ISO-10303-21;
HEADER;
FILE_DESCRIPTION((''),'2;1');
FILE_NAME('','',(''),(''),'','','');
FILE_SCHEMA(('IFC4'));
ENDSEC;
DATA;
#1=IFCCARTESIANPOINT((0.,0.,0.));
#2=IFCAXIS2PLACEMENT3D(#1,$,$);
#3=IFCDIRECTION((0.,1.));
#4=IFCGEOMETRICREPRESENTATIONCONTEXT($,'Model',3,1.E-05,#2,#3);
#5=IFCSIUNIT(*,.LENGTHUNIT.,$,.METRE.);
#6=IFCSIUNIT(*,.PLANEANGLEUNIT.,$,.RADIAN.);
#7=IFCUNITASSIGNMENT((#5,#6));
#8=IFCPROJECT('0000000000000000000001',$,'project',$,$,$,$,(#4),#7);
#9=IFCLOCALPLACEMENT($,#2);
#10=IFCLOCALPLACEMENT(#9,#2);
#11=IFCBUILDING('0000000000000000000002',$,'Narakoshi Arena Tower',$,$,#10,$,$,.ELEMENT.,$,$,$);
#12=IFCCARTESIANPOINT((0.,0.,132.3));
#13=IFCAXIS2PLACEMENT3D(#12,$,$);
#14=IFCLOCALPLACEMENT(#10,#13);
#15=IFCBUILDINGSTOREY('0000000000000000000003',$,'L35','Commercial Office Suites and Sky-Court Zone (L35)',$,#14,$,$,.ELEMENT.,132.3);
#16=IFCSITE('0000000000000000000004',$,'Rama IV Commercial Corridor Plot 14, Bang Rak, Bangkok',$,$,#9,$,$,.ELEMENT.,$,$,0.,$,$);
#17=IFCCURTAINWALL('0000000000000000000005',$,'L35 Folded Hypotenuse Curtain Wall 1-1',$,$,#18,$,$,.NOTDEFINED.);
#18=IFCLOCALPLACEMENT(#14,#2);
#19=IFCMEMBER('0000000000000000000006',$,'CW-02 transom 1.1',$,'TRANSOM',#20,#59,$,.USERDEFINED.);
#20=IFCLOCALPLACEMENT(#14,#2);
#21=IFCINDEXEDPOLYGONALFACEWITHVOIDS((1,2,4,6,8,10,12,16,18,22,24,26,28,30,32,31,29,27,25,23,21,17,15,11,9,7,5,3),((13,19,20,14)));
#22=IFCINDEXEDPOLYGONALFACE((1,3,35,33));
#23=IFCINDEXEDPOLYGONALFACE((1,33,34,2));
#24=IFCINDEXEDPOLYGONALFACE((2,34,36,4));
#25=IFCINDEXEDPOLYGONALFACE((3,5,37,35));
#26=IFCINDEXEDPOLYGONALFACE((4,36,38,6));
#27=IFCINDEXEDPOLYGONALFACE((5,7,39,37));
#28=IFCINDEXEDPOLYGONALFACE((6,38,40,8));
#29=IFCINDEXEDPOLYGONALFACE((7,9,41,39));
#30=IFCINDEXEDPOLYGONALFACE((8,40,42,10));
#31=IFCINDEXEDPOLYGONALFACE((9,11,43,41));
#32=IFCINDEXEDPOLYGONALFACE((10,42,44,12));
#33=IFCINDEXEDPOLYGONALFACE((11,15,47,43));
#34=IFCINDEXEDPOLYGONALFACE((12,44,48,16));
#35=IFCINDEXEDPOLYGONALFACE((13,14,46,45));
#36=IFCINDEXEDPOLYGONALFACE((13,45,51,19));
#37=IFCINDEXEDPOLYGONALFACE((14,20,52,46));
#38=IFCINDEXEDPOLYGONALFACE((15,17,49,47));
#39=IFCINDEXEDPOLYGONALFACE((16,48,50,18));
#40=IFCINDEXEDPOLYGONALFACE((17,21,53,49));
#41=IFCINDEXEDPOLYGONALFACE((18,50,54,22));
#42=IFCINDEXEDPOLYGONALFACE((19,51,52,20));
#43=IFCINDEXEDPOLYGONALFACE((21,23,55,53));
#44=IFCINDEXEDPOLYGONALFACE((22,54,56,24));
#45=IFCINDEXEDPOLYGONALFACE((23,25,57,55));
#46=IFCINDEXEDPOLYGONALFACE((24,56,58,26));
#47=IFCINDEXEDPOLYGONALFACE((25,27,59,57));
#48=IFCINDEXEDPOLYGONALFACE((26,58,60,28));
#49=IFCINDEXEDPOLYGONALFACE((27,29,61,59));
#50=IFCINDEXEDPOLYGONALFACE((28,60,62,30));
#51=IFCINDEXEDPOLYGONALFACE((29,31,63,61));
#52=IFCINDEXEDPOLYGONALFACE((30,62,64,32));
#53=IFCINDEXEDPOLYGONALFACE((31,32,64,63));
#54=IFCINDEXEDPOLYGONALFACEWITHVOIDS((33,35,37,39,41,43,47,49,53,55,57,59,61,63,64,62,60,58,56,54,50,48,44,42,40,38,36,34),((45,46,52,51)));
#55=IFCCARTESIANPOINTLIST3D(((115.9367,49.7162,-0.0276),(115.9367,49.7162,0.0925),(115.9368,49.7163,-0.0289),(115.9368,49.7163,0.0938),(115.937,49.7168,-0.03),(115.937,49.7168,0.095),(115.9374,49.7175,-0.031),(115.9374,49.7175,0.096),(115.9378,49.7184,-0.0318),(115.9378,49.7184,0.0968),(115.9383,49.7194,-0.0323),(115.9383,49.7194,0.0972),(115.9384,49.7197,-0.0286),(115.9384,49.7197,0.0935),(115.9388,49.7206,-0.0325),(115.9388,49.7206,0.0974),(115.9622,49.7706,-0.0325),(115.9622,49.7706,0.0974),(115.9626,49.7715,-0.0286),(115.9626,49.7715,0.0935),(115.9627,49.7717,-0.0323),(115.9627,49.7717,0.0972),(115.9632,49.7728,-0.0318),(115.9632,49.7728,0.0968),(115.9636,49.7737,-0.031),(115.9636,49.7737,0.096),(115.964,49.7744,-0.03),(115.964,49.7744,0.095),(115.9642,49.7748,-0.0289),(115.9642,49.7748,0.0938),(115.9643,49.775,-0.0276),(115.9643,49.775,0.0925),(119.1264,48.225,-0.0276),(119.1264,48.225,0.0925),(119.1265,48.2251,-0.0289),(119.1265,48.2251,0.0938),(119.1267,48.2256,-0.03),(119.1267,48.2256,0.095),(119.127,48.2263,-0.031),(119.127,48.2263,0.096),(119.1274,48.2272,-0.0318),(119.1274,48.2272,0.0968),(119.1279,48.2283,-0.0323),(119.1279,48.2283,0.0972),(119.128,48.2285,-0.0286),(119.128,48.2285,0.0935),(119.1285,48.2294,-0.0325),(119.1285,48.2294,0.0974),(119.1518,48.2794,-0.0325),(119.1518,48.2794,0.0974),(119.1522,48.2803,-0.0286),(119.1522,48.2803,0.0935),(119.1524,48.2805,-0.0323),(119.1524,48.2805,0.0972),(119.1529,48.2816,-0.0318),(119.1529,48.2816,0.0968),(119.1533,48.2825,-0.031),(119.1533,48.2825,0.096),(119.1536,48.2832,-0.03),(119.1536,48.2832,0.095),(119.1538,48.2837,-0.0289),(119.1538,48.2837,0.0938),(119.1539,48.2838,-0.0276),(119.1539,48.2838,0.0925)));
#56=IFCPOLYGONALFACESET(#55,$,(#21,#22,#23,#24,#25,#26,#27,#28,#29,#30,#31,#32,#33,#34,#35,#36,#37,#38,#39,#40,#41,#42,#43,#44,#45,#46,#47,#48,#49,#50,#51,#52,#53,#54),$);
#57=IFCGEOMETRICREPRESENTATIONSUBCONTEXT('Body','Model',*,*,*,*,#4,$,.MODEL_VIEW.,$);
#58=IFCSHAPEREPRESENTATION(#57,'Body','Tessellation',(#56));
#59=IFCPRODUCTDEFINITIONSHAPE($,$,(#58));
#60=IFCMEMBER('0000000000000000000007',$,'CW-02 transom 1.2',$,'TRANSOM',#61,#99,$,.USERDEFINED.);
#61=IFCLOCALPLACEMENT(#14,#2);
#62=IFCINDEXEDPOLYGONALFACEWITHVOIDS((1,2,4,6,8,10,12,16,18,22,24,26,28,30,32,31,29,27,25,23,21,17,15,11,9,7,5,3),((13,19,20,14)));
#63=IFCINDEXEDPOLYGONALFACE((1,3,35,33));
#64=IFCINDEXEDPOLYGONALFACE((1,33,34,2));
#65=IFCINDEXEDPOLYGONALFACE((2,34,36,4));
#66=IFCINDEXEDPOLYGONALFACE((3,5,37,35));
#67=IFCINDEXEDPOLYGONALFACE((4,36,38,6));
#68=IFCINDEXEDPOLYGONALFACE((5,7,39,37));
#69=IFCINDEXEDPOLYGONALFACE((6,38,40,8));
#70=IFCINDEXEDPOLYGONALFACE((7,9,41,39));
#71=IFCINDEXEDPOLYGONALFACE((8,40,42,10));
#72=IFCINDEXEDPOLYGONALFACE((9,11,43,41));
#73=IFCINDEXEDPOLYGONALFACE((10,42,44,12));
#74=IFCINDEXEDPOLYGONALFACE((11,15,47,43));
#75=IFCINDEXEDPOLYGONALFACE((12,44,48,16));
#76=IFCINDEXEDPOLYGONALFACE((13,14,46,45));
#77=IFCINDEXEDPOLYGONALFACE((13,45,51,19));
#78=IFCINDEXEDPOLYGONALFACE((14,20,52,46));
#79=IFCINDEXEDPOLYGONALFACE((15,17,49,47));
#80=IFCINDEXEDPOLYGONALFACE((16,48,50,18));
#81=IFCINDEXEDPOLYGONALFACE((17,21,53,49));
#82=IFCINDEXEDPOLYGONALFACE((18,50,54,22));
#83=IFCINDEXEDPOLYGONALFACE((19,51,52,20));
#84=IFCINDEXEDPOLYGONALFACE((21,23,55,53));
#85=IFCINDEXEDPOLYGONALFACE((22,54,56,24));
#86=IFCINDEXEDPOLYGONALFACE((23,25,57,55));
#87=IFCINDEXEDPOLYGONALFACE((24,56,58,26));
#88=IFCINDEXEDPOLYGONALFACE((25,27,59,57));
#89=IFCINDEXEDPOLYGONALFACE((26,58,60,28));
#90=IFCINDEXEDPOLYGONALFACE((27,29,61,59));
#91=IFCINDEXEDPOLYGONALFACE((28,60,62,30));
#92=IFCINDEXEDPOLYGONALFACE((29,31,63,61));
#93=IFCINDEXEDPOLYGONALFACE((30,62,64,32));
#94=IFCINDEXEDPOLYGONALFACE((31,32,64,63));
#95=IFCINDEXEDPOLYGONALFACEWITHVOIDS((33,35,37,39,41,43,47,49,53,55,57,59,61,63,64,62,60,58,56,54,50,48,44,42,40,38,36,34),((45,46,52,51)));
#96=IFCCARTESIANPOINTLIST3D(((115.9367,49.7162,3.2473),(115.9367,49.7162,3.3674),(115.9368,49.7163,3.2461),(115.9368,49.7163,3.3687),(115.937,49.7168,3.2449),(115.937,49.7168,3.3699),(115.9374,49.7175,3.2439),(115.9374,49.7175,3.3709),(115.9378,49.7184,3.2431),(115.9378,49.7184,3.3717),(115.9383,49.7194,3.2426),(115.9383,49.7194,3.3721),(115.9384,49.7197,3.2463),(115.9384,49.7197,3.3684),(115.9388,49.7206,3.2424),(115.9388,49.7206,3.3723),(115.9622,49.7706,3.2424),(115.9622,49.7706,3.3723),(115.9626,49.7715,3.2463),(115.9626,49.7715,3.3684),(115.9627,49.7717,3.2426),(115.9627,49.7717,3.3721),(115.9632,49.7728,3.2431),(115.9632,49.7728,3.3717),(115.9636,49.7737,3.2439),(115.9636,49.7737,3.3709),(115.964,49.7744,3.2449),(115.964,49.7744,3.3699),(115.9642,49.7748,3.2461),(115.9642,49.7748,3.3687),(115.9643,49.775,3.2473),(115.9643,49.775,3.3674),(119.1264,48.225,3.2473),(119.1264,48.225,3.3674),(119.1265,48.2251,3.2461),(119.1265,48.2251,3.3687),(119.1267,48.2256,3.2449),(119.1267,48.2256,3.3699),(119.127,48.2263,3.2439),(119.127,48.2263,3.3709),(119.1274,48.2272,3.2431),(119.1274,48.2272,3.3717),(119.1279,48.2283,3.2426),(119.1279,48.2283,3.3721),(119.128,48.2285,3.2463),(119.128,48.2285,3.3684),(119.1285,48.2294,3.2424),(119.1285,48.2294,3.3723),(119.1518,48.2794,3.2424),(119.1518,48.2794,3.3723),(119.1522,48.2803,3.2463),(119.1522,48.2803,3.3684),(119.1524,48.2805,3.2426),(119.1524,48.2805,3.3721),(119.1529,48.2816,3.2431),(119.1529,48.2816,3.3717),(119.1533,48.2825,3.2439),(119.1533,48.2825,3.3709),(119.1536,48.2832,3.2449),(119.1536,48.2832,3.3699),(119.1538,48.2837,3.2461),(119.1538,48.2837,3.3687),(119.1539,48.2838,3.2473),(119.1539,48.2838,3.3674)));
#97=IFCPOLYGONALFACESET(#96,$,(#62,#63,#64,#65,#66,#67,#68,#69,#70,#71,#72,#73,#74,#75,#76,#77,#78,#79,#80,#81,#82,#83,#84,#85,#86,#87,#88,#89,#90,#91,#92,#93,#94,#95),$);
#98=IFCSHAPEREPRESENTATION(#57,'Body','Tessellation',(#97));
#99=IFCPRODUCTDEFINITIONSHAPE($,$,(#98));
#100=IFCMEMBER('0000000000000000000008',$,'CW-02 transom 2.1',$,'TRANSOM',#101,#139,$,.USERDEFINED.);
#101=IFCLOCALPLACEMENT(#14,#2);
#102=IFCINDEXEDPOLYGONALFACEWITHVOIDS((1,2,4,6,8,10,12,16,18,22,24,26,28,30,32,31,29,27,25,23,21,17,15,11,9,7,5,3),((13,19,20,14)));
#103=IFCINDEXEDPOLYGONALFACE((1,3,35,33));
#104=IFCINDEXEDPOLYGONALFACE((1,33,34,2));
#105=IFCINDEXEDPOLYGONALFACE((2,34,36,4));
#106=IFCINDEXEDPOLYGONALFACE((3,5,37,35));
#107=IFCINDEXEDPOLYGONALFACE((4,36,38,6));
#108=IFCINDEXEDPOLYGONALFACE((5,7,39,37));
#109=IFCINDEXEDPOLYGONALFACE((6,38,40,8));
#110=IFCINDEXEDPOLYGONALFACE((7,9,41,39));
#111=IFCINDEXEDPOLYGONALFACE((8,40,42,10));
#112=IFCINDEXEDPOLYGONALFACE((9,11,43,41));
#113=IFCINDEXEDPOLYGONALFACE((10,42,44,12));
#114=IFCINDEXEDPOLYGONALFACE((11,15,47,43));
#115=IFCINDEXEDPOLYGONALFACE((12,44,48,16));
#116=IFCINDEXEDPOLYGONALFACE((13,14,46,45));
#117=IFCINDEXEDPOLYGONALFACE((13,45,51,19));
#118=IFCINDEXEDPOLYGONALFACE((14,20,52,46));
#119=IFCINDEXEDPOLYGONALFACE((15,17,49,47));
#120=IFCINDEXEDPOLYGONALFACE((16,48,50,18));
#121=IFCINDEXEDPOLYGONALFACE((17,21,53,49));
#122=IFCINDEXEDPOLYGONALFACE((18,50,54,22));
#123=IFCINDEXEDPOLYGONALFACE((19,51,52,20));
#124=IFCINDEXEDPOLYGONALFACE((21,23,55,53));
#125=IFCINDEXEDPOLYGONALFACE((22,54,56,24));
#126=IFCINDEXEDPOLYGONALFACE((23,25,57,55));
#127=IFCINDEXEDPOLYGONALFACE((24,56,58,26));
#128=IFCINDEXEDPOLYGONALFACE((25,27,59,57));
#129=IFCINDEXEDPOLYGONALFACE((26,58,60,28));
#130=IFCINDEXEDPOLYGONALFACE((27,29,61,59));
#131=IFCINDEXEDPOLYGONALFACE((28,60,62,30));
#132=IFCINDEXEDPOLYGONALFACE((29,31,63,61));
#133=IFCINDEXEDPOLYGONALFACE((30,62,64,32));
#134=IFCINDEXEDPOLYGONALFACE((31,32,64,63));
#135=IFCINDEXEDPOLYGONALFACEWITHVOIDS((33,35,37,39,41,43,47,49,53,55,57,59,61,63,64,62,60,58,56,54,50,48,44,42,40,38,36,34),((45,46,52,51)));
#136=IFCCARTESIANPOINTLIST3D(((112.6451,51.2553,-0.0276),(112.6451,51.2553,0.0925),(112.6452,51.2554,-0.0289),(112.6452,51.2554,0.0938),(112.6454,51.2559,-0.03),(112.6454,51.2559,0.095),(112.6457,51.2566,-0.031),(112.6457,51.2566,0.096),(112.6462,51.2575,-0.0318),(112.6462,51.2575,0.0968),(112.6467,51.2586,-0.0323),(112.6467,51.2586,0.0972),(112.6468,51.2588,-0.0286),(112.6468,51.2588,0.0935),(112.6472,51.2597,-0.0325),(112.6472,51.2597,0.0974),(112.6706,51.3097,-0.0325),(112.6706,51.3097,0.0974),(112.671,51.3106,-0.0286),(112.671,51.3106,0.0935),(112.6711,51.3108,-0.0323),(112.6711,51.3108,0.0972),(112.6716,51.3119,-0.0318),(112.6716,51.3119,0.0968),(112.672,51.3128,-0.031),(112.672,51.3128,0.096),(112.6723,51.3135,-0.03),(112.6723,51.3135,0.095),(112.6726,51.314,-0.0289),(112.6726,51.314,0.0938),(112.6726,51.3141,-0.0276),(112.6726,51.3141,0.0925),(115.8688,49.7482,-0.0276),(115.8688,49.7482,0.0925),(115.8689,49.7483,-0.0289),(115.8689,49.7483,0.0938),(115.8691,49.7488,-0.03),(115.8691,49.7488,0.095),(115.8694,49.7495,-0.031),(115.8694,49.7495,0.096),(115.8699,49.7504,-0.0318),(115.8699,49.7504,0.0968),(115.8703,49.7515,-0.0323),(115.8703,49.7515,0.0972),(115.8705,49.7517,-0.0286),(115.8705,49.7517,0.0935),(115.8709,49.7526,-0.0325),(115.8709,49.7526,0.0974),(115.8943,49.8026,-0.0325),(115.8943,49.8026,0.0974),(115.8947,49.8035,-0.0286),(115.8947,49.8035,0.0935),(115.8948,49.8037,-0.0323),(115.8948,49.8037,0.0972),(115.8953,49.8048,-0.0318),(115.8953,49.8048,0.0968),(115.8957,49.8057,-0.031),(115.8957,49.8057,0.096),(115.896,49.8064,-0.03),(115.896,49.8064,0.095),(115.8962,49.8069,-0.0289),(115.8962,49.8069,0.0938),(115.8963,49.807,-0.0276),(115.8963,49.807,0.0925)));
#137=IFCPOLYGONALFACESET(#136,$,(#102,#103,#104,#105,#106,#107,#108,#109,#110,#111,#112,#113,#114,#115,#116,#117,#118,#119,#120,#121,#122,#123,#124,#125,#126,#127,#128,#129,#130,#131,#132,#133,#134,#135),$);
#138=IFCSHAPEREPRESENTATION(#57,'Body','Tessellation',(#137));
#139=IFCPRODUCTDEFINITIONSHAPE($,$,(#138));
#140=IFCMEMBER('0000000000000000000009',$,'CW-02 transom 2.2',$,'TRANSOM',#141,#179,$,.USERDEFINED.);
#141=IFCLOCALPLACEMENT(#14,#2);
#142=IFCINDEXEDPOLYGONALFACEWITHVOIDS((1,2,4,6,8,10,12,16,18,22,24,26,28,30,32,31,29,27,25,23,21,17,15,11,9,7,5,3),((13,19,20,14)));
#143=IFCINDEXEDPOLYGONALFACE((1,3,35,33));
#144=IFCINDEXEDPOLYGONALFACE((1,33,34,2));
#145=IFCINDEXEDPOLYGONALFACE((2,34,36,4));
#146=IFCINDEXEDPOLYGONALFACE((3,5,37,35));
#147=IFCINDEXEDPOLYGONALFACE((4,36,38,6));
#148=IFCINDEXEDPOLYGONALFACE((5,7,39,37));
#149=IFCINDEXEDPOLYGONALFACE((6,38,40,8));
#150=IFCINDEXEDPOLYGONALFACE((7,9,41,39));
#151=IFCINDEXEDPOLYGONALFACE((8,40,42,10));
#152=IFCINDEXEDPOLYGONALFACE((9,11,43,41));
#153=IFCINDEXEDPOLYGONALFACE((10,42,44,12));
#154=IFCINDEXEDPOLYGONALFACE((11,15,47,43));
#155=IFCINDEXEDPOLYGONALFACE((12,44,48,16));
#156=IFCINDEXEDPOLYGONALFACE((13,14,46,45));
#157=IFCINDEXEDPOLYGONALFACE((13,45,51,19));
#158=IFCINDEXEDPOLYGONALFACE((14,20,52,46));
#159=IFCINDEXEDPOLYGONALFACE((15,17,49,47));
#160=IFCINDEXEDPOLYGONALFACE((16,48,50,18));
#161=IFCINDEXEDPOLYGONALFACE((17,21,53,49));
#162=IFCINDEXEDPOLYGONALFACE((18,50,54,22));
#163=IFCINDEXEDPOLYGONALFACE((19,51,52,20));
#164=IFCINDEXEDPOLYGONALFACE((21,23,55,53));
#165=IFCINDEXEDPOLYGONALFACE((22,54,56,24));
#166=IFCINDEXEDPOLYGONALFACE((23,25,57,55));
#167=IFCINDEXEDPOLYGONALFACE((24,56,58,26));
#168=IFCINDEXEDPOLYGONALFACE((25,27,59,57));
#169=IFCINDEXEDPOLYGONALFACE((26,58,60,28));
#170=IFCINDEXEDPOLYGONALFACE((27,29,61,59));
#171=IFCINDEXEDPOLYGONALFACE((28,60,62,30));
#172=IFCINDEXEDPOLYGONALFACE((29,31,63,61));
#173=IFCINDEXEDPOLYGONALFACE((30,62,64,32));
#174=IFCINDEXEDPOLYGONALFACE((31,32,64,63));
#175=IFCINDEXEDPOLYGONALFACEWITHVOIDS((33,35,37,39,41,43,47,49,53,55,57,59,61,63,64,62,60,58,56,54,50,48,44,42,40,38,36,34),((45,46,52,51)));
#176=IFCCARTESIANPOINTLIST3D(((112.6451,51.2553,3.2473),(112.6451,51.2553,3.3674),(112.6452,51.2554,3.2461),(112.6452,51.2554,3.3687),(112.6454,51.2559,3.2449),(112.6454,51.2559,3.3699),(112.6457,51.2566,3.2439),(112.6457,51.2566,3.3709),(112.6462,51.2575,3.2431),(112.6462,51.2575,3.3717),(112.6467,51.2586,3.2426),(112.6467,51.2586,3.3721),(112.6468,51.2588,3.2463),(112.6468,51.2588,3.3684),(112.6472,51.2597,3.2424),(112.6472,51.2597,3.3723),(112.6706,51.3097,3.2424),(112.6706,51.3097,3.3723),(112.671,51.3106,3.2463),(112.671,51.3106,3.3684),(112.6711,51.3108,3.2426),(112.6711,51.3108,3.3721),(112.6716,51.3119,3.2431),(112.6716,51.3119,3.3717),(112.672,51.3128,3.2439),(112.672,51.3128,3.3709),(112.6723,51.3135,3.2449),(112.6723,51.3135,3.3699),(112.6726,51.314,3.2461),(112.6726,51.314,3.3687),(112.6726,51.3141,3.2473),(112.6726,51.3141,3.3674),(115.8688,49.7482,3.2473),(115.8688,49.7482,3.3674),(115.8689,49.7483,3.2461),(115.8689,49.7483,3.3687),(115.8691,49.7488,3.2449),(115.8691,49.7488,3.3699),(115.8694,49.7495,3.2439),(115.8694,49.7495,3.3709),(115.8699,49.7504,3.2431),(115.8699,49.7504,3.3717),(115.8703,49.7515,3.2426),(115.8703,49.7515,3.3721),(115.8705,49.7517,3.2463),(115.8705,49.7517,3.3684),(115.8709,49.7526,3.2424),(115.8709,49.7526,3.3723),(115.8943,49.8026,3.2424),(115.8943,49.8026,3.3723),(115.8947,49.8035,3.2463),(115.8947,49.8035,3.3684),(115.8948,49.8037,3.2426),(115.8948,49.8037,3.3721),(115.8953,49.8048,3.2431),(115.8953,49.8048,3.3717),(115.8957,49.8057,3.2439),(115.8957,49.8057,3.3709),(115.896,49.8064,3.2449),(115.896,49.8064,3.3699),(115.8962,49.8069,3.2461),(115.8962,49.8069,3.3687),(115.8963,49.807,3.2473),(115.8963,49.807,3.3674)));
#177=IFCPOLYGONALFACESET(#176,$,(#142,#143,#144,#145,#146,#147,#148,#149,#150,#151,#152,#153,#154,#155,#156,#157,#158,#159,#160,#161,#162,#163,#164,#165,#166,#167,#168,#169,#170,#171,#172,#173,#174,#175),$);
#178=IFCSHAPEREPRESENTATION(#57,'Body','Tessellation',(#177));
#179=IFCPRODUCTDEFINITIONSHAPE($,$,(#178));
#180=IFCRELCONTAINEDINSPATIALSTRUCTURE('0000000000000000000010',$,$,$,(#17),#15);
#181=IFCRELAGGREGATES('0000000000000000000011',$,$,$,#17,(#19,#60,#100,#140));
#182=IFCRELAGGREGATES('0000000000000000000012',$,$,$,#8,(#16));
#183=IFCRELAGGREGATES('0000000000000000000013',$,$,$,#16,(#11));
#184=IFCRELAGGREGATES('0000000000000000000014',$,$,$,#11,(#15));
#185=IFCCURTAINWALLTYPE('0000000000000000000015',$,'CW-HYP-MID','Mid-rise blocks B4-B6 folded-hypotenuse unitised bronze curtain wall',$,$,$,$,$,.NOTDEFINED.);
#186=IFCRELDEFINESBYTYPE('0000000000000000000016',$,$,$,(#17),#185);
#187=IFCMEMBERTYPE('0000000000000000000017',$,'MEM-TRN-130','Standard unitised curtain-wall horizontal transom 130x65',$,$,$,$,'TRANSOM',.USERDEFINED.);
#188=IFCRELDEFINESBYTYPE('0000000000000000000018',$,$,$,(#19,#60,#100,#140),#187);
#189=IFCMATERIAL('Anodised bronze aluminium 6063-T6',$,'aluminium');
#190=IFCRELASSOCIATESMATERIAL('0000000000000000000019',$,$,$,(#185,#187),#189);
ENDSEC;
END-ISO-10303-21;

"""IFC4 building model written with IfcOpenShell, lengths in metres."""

from ifc_helpers import new_model, si_unit, direction, frame, origin, origin_2d, place, context, subcontext, project, spatial, hollow_rectangle, extrude, material, material_profile, profile_set, type_object, element, aggregate, save


model = new_model("IFC4")

# Units and contexts
model_context = context("Model", 3, precision=1e-05, world=origin(), true_north=direction((0.0, 1.0)))
body_context = subcontext(model_context, "Body", "Model", "MODEL_VIEW")
ifc_project = project(units=[si_unit("LENGTHUNIT", "METRE"), si_unit("PLANEANGLEUNIT", "RADIAN")], contexts=[model_context])

# Site, building, storey
site_placement = place(None, origin())
site = spatial("IfcSite", under=ifc_project, at=site_placement, Name="Rama IV Commercial Corridor Plot 14, Bang Rak, Bangkok", CompositionType="ELEMENT", RefElevation=0.0)
building_placement = place(site_placement, origin())
building = spatial("IfcBuilding", under=site, at=building_placement, Name="Narakoshi Arena Tower", CompositionType="ELEMENT")
storey_placement = place(building_placement, frame((0.0, 0.0, 132.3)))
storey = spatial("IfcBuildingStorey", under=building, at=storey_placement, Name="L35", Description="Commercial Office Suites and Sky-Court Zone (L35)", CompositionType="ELEMENT", Elevation=132.3)

# Curtain wall, members
ifc_material_1 = material(Name="Anodised bronze aluminium 6063-T6", Category="aluminium")
curtain_wall_type = type_object("IfcCurtainWallType", Name="CW-HYP-MID", Description="Mid-rise blocks B4-B6 folded-hypotenuse unitised bronze curtain wall", PredefinedType="NOTDEFINED", material=ifc_material_1)
curtain_wall_placement = place(storey_placement, origin())
curtain_wall = element("IfcCurtainWall", 1, at=curtain_wall_placement, inside=storey, type_object=curtain_wall_type, Name="L35 Folded Hypotenuse Curtain Wall 1-1", PredefinedType="NOTDEFINED")
ifc_material_profile_1 = material_profile(ifc_material_1, hollow_rectangle(XDim=0.0649, YDim=0.1299, WallThickness=0.0039, OuterFilletRadius=0.0049, at=origin_2d()), Name="TRN130x65x4")
ifc_profile_set_1 = profile_set([ifc_material_profile_1], Name="Anodised bronze aluminium 6063-T6")
member_type_1 = type_object("IfcMemberType", Name="MEM-TRN-130", Description="Standard unitised curtain-wall horizontal transom 130x65", ElementType="TRANSOM", PredefinedType="USERDEFINED", material=ifc_profile_set_1)
member_1_placement = place(storey_placement, frame((119.1401, 48.2544, 0.0325), z_axis=(-0.905891, 0.423512, 0.0), x_axis=(-0.423512, -0.905891, 0.0)))
member_1 = element("IfcMember", 2, at=member_1_placement, type_object=member_type_1, Name="CW-02 transom 1.1", ObjectType="TRANSOM", PredefinedType="USERDEFINED", context=body_context, shape_type="SweptSolid", body=[
    extrude(hollow_rectangle(XDim=0.0649, YDim=0.1299, WallThickness=0.0039, OuterFilletRadius=0.0049, at=origin_2d()), origin(), (0.0, 0.0, 1.0), 3.521),
])
member_2_placement = place(storey_placement, frame((119.1401, 48.2544, 3.3074), z_axis=(-0.905891, 0.423512, 0.0), x_axis=(-0.423512, -0.905891, 0.0)))
member_2 = element("IfcMember", 3, at=member_2_placement, type_object=member_type_1, Name="CW-02 transom 1.2", ObjectType="TRANSOM", PredefinedType="USERDEFINED", context=body_context, shape_type="SweptSolid", body=[
    extrude(hollow_rectangle(XDim=0.0649, YDim=0.1299, WallThickness=0.0039, OuterFilletRadius=0.0049, at=origin_2d()), origin(), (0.0, 0.0, 1.0), 3.521),
])
member_3_placement = place(storey_placement, frame((115.8826, 49.7776, 0.0325), z_axis=(-0.90589, 0.423513, 0.0), x_axis=(-0.423513, -0.90589, 0.0)))
member_3 = element("IfcMember", 4, at=member_3_placement, type_object=member_type_1, Name="CW-02 transom 2.1", ObjectType="TRANSOM", PredefinedType="USERDEFINED", context=body_context, shape_type="SweptSolid", body=[
    extrude(hollow_rectangle(XDim=0.0649, YDim=0.1299, WallThickness=0.0039, OuterFilletRadius=0.0049, at=origin_2d()), origin(), (0.0, 0.0, 1.0), 3.5586),
])
member_4_placement = place(storey_placement, frame((115.8826, 49.7776, 3.3074), z_axis=(-0.90589, 0.423513, 0.0), x_axis=(-0.423513, -0.90589, 0.0)))
member_4 = element("IfcMember", 5, at=member_4_placement, type_object=member_type_1, Name="CW-02 transom 2.2", ObjectType="TRANSOM", PredefinedType="USERDEFINED", context=body_context, shape_type="SweptSolid", body=[
    extrude(hollow_rectangle(XDim=0.0649, YDim=0.1299, WallThickness=0.0039, OuterFilletRadius=0.0049, at=origin_2d()), origin(), (0.0, 0.0, 1.0), 3.5586),
])
aggregate(curtain_wall, [member_1, member_2, member_3, member_4])

save(model, "model.ifc")
